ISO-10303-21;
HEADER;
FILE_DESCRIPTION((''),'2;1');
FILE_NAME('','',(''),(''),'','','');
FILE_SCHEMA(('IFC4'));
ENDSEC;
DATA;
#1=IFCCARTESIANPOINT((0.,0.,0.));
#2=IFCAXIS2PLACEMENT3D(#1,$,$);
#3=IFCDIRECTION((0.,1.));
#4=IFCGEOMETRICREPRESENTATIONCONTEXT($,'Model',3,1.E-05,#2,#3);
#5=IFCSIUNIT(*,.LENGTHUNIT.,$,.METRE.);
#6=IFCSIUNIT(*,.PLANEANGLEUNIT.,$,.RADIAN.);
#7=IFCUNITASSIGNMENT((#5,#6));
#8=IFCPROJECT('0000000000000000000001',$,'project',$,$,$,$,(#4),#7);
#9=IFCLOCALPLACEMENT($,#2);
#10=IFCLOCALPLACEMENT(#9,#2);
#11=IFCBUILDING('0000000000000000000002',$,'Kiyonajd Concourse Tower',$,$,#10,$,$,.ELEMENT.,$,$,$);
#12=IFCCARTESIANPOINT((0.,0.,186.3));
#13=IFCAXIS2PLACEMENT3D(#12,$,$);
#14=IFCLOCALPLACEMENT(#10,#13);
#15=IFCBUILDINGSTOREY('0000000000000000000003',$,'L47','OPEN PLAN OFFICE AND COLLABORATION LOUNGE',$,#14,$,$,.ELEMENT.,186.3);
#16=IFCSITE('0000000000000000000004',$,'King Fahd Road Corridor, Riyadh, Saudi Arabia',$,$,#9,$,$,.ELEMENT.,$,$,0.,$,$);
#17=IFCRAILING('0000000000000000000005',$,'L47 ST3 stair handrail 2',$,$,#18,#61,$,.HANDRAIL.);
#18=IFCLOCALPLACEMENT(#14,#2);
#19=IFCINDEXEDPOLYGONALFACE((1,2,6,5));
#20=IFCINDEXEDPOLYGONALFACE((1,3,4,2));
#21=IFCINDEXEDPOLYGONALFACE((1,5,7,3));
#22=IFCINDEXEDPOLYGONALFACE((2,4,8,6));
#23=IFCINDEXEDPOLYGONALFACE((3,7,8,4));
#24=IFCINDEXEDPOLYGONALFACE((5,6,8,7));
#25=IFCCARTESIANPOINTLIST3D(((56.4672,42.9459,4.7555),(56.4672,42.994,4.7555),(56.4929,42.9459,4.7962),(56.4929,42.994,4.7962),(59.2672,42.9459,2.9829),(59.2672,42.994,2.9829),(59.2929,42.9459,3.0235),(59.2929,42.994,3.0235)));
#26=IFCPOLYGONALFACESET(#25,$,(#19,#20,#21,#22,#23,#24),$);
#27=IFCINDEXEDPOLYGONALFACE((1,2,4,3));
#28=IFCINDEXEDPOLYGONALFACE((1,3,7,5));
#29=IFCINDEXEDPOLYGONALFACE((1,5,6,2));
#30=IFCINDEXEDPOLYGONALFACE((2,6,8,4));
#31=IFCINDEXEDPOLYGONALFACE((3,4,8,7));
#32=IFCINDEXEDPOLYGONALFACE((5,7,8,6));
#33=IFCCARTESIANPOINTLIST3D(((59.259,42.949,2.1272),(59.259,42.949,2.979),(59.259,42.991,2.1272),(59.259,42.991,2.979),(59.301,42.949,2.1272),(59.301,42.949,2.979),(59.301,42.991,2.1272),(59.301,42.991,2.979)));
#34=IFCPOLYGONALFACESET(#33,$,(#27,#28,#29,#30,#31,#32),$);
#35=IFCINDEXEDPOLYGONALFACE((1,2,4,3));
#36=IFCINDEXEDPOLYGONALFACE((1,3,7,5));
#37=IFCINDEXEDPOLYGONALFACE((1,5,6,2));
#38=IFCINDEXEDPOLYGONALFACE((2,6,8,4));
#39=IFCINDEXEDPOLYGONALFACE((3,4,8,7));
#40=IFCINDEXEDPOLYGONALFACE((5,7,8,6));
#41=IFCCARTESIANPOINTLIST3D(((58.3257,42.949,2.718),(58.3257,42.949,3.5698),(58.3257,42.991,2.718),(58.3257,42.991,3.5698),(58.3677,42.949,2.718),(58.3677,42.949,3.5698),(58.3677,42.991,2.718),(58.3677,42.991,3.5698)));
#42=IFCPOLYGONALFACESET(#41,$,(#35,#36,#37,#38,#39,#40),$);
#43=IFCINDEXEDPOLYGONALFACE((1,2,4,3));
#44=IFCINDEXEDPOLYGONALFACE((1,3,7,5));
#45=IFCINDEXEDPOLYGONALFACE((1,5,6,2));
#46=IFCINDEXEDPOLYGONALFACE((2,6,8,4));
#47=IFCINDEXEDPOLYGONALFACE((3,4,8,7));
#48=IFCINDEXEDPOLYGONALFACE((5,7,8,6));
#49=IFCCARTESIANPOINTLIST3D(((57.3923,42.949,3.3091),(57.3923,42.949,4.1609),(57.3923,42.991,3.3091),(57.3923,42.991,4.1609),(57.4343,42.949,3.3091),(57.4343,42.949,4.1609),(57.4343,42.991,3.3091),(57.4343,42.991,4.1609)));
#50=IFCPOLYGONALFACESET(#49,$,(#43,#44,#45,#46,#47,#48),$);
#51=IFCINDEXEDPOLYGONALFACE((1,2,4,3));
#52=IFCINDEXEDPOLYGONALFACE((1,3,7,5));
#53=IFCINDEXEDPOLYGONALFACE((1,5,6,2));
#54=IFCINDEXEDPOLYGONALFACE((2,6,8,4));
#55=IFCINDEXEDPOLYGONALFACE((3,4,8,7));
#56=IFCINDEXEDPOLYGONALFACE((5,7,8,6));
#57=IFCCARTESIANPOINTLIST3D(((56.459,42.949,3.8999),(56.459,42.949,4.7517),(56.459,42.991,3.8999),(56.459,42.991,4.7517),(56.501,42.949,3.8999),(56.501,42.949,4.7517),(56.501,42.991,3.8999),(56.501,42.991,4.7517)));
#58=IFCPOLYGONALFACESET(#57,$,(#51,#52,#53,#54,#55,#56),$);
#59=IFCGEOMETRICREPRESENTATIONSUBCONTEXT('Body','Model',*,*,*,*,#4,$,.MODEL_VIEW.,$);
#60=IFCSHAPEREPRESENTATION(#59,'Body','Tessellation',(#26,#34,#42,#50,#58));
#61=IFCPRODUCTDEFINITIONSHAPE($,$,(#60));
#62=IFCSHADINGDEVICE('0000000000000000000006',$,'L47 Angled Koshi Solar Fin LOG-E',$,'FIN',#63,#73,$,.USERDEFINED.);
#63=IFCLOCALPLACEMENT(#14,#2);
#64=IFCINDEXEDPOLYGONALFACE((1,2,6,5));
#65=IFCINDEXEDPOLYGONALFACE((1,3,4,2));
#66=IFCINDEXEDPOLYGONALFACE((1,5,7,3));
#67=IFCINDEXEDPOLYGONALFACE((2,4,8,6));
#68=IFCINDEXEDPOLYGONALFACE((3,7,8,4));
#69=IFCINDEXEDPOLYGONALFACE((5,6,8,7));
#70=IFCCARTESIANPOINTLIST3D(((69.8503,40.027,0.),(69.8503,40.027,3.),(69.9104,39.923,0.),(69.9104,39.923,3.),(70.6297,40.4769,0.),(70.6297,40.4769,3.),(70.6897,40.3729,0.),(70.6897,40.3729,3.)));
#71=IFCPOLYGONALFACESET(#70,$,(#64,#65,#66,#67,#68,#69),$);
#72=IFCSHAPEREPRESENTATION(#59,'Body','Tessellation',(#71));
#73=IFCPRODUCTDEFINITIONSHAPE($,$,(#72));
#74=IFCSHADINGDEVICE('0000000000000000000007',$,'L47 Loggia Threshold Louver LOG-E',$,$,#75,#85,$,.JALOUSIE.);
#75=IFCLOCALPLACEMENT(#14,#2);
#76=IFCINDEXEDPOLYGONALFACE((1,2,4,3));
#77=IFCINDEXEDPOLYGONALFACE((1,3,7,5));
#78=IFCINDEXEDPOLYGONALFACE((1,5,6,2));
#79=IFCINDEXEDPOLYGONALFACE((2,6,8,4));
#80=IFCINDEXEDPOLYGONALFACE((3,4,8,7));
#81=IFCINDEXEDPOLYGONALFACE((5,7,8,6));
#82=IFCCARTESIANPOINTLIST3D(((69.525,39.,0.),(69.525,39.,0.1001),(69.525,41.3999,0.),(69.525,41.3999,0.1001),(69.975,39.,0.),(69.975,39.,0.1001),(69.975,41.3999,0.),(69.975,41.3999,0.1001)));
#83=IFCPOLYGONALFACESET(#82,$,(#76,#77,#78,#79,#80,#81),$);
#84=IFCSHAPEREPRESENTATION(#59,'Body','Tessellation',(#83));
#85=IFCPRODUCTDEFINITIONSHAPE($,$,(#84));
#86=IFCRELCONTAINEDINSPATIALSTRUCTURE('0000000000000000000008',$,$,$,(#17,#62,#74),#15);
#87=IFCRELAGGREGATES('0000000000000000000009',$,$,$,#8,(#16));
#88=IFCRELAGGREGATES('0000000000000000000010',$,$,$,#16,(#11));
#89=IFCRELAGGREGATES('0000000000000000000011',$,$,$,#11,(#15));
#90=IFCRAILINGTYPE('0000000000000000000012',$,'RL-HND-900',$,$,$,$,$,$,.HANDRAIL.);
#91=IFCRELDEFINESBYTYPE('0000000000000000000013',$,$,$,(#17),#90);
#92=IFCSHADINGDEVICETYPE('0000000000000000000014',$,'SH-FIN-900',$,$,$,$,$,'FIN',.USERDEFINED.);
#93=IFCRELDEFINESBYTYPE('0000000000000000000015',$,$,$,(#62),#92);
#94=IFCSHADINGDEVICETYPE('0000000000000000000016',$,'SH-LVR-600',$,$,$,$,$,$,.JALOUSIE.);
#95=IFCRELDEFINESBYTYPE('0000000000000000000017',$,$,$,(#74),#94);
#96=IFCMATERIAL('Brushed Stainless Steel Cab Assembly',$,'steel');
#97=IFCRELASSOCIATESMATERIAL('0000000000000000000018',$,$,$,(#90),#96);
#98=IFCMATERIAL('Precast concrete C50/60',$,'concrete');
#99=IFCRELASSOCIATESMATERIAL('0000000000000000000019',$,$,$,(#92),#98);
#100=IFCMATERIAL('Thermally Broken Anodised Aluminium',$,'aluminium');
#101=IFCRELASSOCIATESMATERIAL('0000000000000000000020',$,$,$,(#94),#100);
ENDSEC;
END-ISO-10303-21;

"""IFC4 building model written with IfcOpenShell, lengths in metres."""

from ifc_helpers import new_model, si_unit, direction, frame, origin, origin_2d, place, context, subcontext, project, spatial, rectangle, extrude, material, type_object, element, save


model = new_model("IFC4")

# Units and contexts
model_context = context("Model", 3, precision=1e-05, world=origin(), true_north=direction((0.0, 1.0)))
body_context = subcontext(model_context, "Body", "Model", "MODEL_VIEW")
ifc_project = project(units=[si_unit("LENGTHUNIT", "METRE"), si_unit("PLANEANGLEUNIT", "RADIAN")], contexts=[model_context])

# Site, building, storey
site_placement = place(None, origin())
site = spatial("IfcSite", under=ifc_project, at=site_placement, Name="King Fahd Road Corridor, Riyadh, Saudi Arabia", CompositionType="ELEMENT", RefElevation=0.0)
building_placement = place(site_placement, origin())
building = spatial("IfcBuilding", under=site, at=building_placement, Name="Kiyonajd Concourse Tower", CompositionType="ELEMENT")
storey_placement = place(building_placement, frame((0.0, 0.0, 186.3)))
storey = spatial("IfcBuildingStorey", under=building, at=storey_placement, Name="L47", Description="OPEN PLAN OFFICE AND COLLABORATION LOUNGE", CompositionType="ELEMENT", Elevation=186.3)

# Shared definitions
ifc_material_1 = material(Name="Thermally Broken Anodised Aluminium", Category="aluminium")

# Shared definitions
ifc_material_2 = material(Name="Precast concrete C50/60", Category="concrete")

# Railing
ifc_material_3 = material(Name="Brushed Stainless Steel Cab Assembly", Category="steel")
railing_type_1 = type_object("IfcRailingType", Name="RL-HND-900", PredefinedType="HANDRAIL", material=ifc_material_3)
railing_1_placement = place(storey_placement, frame((59.28, 42.97, 2.1272)))
element("IfcRailing", 1, at=railing_1_placement, inside=storey, type_object=railing_type_1, Name="L47 ST3 stair handrail 2", PredefinedType="HANDRAIL", context=body_context, shape_type="SweptSolid", body=[
    extrude(rectangle(XDim=0.0481, YDim=0.0481, at=origin_2d()), frame((0.0, 0.0, 0.876), z_axis=(-0.844909, 0.0, 0.53491), x_axis=(0.0, -1.0, 0.0)), (0.0, 0.0, 1.0), 3.314),
    extrude(rectangle(XDim=0.042, YDim=0.042, at=origin_2d()), origin(), (0.0, 0.0, 1.0), 0.8518),
    extrude(rectangle(XDim=0.042, YDim=0.042, at=origin_2d()), frame((-0.9333, 0.0, 0.5908)), (0.0, 0.0, 1.0), 0.8518),
    extrude(rectangle(XDim=0.042, YDim=0.042, at=origin_2d()), frame((-1.8667, 0.0, 1.1819)), (0.0, 0.0, 1.0), 0.8518),
    extrude(rectangle(XDim=0.042, YDim=0.042, at=origin_2d()), frame((-2.8, 0.0, 1.7727)), (0.0, 0.0, 1.0), 0.8518),
])

# Shading devices
shading_device_type_1 = type_object("IfcShadingDeviceType", Name="SH-FIN-900", ElementType="FIN", PredefinedType="USERDEFINED", material=ifc_material_2)
shading_device_1_placement = place(storey_placement, frame((70.27, 40.2, 0.0), z_axis=(0.0, 0.0, 1.0), x_axis=(0.866025, 0.5, 0.0)))
element("IfcShadingDevice", 2, at=shading_device_1_placement, inside=storey, type_object=shading_device_type_1, Name="L47 Angled Koshi Solar Fin LOG-E", ObjectType="FIN", PredefinedType="USERDEFINED", context=body_context, shape_type="SweptSolid", body=[
    extrude(rectangle(XDim=0.8999, YDim=0.1201, at=origin_2d()), origin(), (0.0, 0.0, 1.0), 3.0),
])
shading_device_type_2 = type_object("IfcShadingDeviceType", Name="SH-LVR-600", PredefinedType="JALOUSIE", material=ifc_material_1)
shading_device_2_placement = place(storey_placement, frame((69.75, 40.2, 0.0), z_axis=(0.0, 0.0, 1.0), x_axis=(0.0, 1.0, 0.0)))
element("IfcShadingDevice", 3, at=shading_device_2_placement, inside=storey, type_object=shading_device_type_2, Name="L47 Loggia Threshold Louver LOG-E", PredefinedType="JALOUSIE", context=body_context, shape_type="SweptSolid", body=[
    extrude(rectangle(XDim=2.3999, YDim=0.45, at=origin_2d()), origin(), (0.0, 0.0, 1.0), 0.1001),
])

save(model, "model.ifc")
